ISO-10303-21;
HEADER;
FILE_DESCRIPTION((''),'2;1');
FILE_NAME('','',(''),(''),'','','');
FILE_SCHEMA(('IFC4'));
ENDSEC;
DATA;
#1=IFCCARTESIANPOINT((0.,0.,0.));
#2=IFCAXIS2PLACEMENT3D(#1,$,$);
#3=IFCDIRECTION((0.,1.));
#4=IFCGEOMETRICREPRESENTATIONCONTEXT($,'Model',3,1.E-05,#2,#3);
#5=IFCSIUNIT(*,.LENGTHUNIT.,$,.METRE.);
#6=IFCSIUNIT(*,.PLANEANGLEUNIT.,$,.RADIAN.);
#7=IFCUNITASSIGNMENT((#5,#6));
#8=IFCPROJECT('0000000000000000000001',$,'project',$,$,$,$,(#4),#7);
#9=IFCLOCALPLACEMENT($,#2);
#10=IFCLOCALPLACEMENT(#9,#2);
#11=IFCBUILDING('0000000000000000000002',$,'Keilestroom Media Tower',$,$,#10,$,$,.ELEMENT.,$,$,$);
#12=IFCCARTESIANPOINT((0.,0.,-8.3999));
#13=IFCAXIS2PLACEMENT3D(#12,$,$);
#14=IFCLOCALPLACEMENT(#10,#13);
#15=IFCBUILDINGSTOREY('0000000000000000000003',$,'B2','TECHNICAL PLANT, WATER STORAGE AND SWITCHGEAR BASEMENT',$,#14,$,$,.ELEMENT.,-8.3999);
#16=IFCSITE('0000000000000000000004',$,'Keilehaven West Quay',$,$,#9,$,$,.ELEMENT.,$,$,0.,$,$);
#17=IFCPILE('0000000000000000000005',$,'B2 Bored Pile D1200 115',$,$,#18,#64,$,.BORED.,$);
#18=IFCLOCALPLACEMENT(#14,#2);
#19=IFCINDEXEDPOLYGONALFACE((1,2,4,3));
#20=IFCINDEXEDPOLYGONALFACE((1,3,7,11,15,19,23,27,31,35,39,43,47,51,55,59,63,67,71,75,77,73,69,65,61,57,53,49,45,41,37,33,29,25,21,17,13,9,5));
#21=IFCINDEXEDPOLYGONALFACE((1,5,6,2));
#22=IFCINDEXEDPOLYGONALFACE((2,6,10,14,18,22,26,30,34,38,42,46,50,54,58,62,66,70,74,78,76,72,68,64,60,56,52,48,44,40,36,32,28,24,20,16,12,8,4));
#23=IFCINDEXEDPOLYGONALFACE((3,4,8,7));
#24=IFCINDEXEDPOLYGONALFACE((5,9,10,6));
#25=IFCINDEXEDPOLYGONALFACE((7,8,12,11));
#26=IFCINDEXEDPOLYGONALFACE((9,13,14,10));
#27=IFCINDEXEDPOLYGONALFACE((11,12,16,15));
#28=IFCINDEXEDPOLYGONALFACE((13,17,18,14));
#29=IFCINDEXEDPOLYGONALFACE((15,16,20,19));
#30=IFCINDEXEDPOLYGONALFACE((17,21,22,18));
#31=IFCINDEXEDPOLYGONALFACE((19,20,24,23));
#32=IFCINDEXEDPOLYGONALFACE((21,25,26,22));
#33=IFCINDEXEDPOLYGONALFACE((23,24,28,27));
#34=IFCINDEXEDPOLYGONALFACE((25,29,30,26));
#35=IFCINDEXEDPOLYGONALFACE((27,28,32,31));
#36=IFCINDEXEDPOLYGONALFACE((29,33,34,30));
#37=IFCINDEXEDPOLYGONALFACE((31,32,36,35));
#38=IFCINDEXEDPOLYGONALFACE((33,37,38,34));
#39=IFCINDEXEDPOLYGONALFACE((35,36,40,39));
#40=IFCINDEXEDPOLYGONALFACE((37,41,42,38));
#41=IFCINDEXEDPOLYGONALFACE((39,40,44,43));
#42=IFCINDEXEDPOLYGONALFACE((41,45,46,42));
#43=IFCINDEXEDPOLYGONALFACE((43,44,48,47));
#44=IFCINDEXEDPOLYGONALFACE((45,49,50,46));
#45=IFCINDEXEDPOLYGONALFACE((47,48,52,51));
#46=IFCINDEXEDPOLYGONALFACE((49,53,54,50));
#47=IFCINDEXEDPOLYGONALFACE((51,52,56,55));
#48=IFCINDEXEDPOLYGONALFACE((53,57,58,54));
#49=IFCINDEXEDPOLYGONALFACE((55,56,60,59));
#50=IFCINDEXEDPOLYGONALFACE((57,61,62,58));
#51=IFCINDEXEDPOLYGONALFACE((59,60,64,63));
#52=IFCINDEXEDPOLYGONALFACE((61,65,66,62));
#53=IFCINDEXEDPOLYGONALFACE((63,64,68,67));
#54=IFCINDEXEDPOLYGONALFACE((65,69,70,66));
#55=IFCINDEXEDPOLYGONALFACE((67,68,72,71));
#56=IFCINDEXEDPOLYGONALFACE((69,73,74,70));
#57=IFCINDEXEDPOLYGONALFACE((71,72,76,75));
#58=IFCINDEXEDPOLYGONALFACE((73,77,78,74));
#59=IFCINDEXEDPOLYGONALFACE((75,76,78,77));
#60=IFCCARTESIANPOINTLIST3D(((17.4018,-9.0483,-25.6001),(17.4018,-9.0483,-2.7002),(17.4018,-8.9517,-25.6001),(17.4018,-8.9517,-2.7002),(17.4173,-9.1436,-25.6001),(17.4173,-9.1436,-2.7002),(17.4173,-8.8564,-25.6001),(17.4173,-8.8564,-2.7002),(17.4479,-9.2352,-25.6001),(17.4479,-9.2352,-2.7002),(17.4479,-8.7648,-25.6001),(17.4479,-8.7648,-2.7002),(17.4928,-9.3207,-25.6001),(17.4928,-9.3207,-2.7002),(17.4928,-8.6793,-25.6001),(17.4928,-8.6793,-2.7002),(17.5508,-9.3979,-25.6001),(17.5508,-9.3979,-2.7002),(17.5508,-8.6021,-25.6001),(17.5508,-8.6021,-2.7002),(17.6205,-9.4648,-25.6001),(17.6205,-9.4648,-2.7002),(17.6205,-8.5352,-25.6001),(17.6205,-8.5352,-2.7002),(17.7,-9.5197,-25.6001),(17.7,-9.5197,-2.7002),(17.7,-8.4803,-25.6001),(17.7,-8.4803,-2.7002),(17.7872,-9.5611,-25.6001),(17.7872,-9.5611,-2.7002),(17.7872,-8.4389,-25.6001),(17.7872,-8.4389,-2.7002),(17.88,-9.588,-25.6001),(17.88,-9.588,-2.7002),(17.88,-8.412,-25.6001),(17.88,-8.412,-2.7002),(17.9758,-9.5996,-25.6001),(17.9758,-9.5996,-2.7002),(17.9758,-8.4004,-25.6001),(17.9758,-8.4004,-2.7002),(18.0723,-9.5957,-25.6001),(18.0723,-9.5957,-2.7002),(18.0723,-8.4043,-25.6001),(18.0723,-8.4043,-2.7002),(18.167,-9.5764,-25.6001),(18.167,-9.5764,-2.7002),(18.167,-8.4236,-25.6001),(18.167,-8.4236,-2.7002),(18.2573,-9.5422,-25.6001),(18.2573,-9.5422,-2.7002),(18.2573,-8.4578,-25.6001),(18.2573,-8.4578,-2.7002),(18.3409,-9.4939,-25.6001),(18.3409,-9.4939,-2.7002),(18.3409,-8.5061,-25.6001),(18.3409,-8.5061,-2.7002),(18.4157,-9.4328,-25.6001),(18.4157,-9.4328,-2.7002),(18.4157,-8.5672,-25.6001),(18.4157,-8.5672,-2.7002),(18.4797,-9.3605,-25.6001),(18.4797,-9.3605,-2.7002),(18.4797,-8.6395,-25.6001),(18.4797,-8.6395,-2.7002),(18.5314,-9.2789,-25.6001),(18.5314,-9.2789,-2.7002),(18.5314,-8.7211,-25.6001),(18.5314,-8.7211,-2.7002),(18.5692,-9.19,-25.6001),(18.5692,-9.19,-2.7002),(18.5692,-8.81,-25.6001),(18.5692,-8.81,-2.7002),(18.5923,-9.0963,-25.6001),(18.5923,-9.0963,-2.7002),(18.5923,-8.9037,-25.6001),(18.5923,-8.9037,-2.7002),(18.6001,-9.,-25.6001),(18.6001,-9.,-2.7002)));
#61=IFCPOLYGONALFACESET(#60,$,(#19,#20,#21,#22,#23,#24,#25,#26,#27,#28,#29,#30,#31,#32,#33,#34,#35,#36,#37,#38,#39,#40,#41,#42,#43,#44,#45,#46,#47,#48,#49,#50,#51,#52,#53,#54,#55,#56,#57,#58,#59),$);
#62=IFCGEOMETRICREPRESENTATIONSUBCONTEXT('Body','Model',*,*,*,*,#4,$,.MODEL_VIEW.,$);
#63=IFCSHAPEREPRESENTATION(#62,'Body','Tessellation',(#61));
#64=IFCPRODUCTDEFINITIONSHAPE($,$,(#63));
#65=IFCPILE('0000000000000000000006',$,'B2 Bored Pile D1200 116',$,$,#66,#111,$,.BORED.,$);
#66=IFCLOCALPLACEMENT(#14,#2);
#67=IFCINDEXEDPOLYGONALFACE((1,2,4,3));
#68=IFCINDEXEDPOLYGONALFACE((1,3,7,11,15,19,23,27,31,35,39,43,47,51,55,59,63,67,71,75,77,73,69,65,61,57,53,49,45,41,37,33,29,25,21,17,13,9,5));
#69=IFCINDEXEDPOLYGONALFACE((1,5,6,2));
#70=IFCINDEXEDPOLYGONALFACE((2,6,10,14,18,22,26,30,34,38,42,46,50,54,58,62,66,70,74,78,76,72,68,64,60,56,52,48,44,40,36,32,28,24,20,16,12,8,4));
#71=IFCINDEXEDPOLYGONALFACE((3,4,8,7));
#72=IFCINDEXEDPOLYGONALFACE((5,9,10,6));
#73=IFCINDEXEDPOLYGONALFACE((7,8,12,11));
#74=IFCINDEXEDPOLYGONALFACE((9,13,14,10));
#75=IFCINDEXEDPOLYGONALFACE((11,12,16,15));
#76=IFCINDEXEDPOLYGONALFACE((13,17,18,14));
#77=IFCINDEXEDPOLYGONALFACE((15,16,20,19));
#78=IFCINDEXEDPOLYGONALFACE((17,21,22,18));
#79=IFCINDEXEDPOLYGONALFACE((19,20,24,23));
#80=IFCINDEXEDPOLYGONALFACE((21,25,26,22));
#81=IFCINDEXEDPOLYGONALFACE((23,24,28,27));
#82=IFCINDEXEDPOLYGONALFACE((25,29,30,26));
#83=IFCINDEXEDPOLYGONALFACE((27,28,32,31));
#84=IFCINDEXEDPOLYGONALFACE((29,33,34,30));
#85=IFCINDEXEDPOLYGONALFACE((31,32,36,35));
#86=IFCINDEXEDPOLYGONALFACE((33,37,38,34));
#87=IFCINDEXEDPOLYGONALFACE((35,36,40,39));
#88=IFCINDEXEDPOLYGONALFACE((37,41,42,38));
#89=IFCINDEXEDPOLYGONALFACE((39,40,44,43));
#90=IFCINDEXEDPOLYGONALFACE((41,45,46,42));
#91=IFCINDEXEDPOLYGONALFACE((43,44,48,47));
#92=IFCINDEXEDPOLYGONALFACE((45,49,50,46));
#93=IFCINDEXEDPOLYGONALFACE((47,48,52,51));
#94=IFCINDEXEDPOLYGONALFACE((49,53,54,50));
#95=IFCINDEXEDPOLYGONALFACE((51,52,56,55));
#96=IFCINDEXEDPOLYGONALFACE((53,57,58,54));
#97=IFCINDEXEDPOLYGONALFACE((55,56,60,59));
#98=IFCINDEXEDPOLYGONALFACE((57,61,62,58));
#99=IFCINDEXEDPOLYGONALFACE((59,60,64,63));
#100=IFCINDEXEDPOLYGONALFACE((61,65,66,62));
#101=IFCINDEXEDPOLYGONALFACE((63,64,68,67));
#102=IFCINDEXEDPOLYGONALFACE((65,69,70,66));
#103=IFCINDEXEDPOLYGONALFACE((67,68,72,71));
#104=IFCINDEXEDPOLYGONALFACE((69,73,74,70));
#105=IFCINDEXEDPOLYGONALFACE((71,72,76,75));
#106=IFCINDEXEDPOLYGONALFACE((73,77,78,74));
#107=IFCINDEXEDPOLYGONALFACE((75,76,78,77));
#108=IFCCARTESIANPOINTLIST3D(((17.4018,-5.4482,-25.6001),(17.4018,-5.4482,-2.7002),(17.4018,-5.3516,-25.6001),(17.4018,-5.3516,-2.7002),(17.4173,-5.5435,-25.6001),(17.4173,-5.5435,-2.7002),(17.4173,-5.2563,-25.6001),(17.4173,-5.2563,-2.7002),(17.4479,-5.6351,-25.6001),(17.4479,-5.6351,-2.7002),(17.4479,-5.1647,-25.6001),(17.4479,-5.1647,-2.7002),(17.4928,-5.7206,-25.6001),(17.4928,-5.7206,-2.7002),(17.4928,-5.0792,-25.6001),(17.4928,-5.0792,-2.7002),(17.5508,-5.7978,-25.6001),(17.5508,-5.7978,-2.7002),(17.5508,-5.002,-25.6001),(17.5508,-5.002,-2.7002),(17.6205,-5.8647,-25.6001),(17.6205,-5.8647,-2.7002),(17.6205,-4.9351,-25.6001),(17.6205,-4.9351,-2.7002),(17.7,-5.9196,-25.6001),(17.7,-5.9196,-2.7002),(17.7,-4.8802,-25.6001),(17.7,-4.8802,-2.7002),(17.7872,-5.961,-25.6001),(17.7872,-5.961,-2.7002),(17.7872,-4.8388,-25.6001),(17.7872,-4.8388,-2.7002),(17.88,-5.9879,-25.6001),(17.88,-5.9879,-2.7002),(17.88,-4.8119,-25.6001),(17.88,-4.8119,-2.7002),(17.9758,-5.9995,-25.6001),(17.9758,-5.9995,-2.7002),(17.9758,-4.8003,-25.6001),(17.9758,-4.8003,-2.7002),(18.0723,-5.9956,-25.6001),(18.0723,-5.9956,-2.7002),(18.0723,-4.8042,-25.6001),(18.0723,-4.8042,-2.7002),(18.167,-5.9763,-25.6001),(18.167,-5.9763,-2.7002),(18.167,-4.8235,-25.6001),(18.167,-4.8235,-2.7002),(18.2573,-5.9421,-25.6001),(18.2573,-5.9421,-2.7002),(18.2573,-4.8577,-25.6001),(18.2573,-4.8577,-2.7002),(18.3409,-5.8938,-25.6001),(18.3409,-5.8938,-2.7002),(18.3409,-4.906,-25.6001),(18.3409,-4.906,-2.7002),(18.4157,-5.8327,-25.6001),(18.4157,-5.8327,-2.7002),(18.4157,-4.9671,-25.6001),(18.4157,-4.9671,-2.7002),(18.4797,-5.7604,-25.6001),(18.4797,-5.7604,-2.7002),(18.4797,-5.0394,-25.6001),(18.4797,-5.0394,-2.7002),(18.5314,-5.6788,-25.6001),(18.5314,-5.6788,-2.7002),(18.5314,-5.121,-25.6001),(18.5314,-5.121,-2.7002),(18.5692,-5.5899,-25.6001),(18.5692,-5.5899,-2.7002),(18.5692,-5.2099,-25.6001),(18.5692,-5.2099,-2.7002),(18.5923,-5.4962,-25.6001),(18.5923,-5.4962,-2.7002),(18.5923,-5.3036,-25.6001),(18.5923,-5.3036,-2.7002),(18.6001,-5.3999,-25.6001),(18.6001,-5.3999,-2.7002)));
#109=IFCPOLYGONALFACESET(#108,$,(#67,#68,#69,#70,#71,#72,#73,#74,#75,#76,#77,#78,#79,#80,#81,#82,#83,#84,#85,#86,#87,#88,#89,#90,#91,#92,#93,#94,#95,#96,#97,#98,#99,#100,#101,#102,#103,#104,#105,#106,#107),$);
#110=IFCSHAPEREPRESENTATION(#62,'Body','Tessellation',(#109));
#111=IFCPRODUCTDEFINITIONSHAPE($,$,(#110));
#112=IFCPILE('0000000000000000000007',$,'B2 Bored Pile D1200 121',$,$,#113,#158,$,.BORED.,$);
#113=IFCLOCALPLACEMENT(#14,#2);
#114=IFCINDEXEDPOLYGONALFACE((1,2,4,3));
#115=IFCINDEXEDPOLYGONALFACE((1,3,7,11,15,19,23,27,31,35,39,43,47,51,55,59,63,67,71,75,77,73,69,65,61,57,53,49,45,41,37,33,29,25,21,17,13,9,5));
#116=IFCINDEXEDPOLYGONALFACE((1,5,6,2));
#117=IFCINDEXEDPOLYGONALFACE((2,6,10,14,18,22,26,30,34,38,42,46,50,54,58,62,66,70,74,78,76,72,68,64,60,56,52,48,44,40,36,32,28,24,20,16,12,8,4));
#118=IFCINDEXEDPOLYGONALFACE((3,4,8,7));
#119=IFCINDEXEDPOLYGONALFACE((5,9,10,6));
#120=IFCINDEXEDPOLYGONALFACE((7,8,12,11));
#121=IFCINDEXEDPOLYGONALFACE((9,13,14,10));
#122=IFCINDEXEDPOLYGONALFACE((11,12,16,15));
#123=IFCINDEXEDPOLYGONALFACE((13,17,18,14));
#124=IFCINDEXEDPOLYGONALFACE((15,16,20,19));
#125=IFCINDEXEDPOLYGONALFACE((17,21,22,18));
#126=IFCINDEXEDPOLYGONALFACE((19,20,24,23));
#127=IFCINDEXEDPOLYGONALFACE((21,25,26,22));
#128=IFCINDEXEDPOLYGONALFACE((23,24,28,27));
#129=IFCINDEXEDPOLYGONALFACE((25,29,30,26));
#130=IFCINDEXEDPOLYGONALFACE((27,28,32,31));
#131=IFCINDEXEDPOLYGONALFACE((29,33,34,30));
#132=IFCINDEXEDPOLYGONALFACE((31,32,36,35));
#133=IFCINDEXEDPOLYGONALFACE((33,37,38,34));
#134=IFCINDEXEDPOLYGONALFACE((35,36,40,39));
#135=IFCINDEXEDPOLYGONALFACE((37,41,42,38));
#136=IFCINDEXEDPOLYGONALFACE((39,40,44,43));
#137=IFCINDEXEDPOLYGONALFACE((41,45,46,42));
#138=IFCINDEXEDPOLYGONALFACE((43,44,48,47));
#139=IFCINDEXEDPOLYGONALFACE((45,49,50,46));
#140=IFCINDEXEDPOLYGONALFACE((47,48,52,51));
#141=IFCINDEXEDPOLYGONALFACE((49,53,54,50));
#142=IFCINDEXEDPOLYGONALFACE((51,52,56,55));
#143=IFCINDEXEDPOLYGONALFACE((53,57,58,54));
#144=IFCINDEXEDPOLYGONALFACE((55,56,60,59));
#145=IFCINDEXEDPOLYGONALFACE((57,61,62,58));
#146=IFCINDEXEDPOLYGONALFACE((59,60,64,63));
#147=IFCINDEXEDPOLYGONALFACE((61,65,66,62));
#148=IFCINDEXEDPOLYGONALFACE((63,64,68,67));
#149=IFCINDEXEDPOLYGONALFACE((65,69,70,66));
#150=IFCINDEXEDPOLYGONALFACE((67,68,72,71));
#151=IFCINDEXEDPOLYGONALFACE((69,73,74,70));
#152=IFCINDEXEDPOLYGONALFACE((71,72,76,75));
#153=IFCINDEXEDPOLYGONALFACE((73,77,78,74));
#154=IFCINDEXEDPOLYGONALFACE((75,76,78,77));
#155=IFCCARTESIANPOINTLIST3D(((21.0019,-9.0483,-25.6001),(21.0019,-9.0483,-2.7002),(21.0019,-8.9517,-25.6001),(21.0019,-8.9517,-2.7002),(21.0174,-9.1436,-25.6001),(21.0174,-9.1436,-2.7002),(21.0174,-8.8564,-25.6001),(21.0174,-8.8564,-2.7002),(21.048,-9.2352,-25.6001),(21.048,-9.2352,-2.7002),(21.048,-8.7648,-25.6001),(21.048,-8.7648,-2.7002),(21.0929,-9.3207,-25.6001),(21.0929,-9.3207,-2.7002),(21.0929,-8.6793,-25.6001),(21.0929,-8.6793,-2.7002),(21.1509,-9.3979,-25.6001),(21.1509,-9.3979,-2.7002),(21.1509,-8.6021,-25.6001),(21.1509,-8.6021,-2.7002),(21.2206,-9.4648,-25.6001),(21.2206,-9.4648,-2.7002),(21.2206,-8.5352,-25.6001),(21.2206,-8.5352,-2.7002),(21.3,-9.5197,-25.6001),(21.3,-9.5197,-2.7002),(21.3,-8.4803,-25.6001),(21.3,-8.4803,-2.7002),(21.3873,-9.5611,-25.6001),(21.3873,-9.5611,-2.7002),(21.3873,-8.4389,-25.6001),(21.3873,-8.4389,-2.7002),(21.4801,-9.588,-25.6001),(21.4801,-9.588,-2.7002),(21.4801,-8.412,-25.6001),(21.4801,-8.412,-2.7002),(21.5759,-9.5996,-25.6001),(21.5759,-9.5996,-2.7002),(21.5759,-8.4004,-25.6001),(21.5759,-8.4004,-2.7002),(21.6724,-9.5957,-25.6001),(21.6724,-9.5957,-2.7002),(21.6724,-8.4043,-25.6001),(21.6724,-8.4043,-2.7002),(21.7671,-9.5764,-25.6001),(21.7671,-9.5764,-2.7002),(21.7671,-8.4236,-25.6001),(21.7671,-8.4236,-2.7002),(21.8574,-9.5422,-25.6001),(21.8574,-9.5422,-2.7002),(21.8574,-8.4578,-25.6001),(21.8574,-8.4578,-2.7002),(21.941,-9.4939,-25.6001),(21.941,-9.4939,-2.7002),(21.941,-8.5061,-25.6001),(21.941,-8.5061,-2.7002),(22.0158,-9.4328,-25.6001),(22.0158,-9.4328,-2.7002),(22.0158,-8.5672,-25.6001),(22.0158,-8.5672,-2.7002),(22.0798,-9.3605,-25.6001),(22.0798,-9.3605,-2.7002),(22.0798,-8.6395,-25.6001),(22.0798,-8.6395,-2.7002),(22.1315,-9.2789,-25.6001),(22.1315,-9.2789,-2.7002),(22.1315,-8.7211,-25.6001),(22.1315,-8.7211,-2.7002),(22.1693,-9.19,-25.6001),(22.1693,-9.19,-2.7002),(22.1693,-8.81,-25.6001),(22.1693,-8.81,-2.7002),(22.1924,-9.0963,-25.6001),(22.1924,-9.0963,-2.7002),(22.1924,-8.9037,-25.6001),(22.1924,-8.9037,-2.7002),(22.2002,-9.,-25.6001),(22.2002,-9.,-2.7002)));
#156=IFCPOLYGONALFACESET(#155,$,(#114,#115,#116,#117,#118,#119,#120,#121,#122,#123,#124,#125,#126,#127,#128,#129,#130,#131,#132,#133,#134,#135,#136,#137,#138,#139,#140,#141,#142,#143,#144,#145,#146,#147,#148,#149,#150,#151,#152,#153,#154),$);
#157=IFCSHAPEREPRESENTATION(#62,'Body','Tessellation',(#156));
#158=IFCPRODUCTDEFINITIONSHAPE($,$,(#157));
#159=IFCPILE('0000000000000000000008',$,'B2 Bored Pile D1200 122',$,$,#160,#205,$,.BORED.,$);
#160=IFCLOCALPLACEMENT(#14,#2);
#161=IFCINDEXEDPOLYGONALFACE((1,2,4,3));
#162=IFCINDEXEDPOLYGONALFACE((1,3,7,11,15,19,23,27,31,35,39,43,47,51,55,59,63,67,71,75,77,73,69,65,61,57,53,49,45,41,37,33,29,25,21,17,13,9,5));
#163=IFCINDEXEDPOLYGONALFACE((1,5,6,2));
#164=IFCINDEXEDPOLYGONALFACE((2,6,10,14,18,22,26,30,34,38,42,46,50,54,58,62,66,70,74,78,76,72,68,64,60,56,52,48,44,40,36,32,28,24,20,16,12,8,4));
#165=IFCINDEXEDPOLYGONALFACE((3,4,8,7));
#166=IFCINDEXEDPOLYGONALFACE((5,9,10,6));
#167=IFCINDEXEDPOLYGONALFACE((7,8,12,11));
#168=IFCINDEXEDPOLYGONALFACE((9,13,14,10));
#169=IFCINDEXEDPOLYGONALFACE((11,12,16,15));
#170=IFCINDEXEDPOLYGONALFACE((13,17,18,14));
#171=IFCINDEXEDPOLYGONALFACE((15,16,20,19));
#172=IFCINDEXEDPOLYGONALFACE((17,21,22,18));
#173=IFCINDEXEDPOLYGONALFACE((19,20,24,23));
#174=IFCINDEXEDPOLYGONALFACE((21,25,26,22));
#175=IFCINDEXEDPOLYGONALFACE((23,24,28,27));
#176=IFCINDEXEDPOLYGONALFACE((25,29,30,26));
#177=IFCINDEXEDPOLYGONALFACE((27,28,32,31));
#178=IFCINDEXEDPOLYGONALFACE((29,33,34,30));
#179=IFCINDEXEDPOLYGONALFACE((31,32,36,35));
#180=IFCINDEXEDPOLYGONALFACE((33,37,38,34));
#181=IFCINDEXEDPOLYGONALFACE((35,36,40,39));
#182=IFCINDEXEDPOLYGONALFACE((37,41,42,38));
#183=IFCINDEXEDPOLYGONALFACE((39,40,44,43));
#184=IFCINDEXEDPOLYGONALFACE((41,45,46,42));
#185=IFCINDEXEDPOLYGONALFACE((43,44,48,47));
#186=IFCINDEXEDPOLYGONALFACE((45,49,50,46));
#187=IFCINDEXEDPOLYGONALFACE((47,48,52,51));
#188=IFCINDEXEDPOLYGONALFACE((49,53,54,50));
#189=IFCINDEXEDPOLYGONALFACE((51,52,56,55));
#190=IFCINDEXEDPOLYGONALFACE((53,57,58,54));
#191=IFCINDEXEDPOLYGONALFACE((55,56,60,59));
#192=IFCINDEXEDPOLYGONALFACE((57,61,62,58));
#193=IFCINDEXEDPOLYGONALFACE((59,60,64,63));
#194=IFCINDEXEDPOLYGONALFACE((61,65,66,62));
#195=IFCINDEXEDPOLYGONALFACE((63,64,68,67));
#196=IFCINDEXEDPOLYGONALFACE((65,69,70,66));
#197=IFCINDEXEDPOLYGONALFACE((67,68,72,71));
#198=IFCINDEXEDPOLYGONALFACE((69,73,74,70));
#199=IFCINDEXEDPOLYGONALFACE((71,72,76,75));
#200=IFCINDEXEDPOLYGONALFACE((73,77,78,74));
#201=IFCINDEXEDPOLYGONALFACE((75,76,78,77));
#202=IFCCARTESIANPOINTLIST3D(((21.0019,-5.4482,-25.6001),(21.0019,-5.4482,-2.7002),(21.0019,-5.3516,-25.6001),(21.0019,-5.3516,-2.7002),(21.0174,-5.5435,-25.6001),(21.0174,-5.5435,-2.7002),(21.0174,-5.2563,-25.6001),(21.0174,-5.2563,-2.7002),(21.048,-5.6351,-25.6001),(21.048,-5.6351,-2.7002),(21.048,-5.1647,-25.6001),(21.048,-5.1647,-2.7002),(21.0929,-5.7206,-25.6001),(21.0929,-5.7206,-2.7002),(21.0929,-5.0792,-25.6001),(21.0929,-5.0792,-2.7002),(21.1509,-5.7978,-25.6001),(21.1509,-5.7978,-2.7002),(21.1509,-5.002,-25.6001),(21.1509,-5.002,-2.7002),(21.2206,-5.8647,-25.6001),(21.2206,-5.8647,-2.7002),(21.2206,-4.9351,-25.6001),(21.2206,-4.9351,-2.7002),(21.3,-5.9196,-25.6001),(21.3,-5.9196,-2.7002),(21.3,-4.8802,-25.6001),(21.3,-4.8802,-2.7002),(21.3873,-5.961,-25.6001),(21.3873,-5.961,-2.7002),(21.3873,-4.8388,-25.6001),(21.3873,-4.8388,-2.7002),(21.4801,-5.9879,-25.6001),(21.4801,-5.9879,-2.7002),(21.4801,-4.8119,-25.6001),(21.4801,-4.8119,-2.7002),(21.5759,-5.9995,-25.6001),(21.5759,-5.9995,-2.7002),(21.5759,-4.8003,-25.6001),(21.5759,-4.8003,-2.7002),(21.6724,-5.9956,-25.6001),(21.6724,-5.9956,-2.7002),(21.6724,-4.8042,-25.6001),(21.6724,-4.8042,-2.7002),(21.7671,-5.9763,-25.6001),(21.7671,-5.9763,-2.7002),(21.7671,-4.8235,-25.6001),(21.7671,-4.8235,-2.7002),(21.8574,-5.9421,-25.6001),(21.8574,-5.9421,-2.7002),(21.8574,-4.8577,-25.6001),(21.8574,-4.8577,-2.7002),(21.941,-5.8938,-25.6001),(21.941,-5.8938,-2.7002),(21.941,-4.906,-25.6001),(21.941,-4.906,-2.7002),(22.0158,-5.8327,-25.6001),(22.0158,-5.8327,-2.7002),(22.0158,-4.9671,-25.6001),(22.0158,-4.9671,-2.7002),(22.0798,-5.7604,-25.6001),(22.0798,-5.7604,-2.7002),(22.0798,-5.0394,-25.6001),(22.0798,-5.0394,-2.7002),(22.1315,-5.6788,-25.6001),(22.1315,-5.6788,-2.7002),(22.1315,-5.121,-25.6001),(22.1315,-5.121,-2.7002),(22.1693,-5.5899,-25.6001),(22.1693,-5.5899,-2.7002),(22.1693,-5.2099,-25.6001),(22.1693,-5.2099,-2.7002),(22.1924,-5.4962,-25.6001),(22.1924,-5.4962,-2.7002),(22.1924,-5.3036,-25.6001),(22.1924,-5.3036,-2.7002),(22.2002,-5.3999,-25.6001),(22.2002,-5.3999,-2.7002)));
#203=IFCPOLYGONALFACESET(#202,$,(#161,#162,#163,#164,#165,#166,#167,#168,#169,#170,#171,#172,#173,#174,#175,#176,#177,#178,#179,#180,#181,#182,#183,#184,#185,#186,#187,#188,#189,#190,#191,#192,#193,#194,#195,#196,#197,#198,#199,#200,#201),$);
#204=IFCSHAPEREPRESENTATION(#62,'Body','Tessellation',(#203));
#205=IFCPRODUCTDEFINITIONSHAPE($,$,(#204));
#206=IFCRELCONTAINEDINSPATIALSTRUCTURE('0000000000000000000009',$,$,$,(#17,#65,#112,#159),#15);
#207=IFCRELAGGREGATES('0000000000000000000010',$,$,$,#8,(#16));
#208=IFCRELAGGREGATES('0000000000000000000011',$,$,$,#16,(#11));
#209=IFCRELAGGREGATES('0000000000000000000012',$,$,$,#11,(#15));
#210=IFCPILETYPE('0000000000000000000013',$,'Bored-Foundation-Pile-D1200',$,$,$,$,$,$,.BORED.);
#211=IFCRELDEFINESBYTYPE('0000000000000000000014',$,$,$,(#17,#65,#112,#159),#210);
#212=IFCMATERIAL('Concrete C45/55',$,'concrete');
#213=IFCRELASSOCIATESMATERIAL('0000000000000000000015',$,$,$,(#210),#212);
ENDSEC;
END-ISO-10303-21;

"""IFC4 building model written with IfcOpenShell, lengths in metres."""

from ifc_helpers import new_model, si_unit, direction, frame, origin, origin_2d, place, context, subcontext, project, spatial, circle, extrude, source, transform, mapped, material, material_profile, profile_set, type_object, element, save


model = new_model("IFC4")

# Units and contexts
model_context = context("Model", 3, precision=1e-05, world=origin(), true_north=direction((0.0, 1.0)))
body_context = subcontext(model_context, "Body", "Model", "MODEL_VIEW")
ifc_project = project(units=[si_unit("LENGTHUNIT", "METRE"), si_unit("PLANEANGLEUNIT", "RADIAN")], contexts=[model_context])

# Site, building, storey
site_placement = place(None, origin())
site = spatial("IfcSite", under=ifc_project, at=site_placement, Name="Keilehaven West Quay", CompositionType="ELEMENT", RefElevation=0.0)
building_placement = place(site_placement, origin())
building = spatial("IfcBuilding", under=site, at=building_placement, Name="Keilestroom Media Tower", CompositionType="ELEMENT")
storey_placement = place(building_placement, frame((0.0, 0.0, -8.3999)))
storey = spatial("IfcBuildingStorey", under=building, at=storey_placement, Name="B2", Description="TECHNICAL PLANT, WATER STORAGE AND SWITCHGEAR BASEMENT", CompositionType="ELEMENT", Elevation=-8.3999)

# Piles
ifc_material_1 = material(Name="Concrete C45/55", Category="concrete")
ifc_material_profile_1 = material_profile(ifc_material_1, circle(Radius=0.6001, at=origin_2d()), Name="BORED PILE D1200")
ifc_profile_set_1 = profile_set([ifc_material_profile_1], Name="Concrete C45/55")
pile_type = type_object("IfcPileType", Name="Bored-Foundation-Pile-D1200", PredefinedType="BORED", material=ifc_profile_set_1)
shared_shape_1 = source(origin(), body_context, "Body", "SweptSolid", [
    extrude(circle(Radius=0.6001, at=origin_2d()), origin(), (0.0, 0.0, 1.0), 22.8999),
])
for number, where, z_axis, x_axis, name in (
    (1, (18.0, -9.0, -2.7002), (0.0, 0.0, -1.0), (1.0, 0.0, 0.0), "B2 Bored Pile D1200 115"),
    (2, (18.0, -5.3999, -2.7002), (0.0, 0.0, -1.0), (1.0, 0.0, 0.0), "B2 Bored Pile D1200 116"),
    (3, (21.6001, -9.0, -2.7002), (0.0, 0.0, -1.0), (1.0, 0.0, 0.0), "B2 Bored Pile D1200 121"),
    (4, (21.6001, -5.3999, -2.7002), (0.0, 0.0, -1.0), (1.0, 0.0, 0.0), "B2 Bored Pile D1200 122"),
):
    element("IfcPile", number, at=place(storey_placement, frame(where, z_axis=z_axis, x_axis=x_axis)), inside=storey, type_object=pile_type, Name=name, PredefinedType="BORED", context=body_context, shape_type="MappedRepresentation", body=[
        mapped(shared_shape_1, transform((0.0, 0.0, 0.0), x_axis=(1.0, 0.0, 0.0), y_axis=(0.0, 1.0, 0.0), z_axis=(0.0, 0.0, 1.0), scale=1.0)),
    ])

save(model, "model.ifc")
